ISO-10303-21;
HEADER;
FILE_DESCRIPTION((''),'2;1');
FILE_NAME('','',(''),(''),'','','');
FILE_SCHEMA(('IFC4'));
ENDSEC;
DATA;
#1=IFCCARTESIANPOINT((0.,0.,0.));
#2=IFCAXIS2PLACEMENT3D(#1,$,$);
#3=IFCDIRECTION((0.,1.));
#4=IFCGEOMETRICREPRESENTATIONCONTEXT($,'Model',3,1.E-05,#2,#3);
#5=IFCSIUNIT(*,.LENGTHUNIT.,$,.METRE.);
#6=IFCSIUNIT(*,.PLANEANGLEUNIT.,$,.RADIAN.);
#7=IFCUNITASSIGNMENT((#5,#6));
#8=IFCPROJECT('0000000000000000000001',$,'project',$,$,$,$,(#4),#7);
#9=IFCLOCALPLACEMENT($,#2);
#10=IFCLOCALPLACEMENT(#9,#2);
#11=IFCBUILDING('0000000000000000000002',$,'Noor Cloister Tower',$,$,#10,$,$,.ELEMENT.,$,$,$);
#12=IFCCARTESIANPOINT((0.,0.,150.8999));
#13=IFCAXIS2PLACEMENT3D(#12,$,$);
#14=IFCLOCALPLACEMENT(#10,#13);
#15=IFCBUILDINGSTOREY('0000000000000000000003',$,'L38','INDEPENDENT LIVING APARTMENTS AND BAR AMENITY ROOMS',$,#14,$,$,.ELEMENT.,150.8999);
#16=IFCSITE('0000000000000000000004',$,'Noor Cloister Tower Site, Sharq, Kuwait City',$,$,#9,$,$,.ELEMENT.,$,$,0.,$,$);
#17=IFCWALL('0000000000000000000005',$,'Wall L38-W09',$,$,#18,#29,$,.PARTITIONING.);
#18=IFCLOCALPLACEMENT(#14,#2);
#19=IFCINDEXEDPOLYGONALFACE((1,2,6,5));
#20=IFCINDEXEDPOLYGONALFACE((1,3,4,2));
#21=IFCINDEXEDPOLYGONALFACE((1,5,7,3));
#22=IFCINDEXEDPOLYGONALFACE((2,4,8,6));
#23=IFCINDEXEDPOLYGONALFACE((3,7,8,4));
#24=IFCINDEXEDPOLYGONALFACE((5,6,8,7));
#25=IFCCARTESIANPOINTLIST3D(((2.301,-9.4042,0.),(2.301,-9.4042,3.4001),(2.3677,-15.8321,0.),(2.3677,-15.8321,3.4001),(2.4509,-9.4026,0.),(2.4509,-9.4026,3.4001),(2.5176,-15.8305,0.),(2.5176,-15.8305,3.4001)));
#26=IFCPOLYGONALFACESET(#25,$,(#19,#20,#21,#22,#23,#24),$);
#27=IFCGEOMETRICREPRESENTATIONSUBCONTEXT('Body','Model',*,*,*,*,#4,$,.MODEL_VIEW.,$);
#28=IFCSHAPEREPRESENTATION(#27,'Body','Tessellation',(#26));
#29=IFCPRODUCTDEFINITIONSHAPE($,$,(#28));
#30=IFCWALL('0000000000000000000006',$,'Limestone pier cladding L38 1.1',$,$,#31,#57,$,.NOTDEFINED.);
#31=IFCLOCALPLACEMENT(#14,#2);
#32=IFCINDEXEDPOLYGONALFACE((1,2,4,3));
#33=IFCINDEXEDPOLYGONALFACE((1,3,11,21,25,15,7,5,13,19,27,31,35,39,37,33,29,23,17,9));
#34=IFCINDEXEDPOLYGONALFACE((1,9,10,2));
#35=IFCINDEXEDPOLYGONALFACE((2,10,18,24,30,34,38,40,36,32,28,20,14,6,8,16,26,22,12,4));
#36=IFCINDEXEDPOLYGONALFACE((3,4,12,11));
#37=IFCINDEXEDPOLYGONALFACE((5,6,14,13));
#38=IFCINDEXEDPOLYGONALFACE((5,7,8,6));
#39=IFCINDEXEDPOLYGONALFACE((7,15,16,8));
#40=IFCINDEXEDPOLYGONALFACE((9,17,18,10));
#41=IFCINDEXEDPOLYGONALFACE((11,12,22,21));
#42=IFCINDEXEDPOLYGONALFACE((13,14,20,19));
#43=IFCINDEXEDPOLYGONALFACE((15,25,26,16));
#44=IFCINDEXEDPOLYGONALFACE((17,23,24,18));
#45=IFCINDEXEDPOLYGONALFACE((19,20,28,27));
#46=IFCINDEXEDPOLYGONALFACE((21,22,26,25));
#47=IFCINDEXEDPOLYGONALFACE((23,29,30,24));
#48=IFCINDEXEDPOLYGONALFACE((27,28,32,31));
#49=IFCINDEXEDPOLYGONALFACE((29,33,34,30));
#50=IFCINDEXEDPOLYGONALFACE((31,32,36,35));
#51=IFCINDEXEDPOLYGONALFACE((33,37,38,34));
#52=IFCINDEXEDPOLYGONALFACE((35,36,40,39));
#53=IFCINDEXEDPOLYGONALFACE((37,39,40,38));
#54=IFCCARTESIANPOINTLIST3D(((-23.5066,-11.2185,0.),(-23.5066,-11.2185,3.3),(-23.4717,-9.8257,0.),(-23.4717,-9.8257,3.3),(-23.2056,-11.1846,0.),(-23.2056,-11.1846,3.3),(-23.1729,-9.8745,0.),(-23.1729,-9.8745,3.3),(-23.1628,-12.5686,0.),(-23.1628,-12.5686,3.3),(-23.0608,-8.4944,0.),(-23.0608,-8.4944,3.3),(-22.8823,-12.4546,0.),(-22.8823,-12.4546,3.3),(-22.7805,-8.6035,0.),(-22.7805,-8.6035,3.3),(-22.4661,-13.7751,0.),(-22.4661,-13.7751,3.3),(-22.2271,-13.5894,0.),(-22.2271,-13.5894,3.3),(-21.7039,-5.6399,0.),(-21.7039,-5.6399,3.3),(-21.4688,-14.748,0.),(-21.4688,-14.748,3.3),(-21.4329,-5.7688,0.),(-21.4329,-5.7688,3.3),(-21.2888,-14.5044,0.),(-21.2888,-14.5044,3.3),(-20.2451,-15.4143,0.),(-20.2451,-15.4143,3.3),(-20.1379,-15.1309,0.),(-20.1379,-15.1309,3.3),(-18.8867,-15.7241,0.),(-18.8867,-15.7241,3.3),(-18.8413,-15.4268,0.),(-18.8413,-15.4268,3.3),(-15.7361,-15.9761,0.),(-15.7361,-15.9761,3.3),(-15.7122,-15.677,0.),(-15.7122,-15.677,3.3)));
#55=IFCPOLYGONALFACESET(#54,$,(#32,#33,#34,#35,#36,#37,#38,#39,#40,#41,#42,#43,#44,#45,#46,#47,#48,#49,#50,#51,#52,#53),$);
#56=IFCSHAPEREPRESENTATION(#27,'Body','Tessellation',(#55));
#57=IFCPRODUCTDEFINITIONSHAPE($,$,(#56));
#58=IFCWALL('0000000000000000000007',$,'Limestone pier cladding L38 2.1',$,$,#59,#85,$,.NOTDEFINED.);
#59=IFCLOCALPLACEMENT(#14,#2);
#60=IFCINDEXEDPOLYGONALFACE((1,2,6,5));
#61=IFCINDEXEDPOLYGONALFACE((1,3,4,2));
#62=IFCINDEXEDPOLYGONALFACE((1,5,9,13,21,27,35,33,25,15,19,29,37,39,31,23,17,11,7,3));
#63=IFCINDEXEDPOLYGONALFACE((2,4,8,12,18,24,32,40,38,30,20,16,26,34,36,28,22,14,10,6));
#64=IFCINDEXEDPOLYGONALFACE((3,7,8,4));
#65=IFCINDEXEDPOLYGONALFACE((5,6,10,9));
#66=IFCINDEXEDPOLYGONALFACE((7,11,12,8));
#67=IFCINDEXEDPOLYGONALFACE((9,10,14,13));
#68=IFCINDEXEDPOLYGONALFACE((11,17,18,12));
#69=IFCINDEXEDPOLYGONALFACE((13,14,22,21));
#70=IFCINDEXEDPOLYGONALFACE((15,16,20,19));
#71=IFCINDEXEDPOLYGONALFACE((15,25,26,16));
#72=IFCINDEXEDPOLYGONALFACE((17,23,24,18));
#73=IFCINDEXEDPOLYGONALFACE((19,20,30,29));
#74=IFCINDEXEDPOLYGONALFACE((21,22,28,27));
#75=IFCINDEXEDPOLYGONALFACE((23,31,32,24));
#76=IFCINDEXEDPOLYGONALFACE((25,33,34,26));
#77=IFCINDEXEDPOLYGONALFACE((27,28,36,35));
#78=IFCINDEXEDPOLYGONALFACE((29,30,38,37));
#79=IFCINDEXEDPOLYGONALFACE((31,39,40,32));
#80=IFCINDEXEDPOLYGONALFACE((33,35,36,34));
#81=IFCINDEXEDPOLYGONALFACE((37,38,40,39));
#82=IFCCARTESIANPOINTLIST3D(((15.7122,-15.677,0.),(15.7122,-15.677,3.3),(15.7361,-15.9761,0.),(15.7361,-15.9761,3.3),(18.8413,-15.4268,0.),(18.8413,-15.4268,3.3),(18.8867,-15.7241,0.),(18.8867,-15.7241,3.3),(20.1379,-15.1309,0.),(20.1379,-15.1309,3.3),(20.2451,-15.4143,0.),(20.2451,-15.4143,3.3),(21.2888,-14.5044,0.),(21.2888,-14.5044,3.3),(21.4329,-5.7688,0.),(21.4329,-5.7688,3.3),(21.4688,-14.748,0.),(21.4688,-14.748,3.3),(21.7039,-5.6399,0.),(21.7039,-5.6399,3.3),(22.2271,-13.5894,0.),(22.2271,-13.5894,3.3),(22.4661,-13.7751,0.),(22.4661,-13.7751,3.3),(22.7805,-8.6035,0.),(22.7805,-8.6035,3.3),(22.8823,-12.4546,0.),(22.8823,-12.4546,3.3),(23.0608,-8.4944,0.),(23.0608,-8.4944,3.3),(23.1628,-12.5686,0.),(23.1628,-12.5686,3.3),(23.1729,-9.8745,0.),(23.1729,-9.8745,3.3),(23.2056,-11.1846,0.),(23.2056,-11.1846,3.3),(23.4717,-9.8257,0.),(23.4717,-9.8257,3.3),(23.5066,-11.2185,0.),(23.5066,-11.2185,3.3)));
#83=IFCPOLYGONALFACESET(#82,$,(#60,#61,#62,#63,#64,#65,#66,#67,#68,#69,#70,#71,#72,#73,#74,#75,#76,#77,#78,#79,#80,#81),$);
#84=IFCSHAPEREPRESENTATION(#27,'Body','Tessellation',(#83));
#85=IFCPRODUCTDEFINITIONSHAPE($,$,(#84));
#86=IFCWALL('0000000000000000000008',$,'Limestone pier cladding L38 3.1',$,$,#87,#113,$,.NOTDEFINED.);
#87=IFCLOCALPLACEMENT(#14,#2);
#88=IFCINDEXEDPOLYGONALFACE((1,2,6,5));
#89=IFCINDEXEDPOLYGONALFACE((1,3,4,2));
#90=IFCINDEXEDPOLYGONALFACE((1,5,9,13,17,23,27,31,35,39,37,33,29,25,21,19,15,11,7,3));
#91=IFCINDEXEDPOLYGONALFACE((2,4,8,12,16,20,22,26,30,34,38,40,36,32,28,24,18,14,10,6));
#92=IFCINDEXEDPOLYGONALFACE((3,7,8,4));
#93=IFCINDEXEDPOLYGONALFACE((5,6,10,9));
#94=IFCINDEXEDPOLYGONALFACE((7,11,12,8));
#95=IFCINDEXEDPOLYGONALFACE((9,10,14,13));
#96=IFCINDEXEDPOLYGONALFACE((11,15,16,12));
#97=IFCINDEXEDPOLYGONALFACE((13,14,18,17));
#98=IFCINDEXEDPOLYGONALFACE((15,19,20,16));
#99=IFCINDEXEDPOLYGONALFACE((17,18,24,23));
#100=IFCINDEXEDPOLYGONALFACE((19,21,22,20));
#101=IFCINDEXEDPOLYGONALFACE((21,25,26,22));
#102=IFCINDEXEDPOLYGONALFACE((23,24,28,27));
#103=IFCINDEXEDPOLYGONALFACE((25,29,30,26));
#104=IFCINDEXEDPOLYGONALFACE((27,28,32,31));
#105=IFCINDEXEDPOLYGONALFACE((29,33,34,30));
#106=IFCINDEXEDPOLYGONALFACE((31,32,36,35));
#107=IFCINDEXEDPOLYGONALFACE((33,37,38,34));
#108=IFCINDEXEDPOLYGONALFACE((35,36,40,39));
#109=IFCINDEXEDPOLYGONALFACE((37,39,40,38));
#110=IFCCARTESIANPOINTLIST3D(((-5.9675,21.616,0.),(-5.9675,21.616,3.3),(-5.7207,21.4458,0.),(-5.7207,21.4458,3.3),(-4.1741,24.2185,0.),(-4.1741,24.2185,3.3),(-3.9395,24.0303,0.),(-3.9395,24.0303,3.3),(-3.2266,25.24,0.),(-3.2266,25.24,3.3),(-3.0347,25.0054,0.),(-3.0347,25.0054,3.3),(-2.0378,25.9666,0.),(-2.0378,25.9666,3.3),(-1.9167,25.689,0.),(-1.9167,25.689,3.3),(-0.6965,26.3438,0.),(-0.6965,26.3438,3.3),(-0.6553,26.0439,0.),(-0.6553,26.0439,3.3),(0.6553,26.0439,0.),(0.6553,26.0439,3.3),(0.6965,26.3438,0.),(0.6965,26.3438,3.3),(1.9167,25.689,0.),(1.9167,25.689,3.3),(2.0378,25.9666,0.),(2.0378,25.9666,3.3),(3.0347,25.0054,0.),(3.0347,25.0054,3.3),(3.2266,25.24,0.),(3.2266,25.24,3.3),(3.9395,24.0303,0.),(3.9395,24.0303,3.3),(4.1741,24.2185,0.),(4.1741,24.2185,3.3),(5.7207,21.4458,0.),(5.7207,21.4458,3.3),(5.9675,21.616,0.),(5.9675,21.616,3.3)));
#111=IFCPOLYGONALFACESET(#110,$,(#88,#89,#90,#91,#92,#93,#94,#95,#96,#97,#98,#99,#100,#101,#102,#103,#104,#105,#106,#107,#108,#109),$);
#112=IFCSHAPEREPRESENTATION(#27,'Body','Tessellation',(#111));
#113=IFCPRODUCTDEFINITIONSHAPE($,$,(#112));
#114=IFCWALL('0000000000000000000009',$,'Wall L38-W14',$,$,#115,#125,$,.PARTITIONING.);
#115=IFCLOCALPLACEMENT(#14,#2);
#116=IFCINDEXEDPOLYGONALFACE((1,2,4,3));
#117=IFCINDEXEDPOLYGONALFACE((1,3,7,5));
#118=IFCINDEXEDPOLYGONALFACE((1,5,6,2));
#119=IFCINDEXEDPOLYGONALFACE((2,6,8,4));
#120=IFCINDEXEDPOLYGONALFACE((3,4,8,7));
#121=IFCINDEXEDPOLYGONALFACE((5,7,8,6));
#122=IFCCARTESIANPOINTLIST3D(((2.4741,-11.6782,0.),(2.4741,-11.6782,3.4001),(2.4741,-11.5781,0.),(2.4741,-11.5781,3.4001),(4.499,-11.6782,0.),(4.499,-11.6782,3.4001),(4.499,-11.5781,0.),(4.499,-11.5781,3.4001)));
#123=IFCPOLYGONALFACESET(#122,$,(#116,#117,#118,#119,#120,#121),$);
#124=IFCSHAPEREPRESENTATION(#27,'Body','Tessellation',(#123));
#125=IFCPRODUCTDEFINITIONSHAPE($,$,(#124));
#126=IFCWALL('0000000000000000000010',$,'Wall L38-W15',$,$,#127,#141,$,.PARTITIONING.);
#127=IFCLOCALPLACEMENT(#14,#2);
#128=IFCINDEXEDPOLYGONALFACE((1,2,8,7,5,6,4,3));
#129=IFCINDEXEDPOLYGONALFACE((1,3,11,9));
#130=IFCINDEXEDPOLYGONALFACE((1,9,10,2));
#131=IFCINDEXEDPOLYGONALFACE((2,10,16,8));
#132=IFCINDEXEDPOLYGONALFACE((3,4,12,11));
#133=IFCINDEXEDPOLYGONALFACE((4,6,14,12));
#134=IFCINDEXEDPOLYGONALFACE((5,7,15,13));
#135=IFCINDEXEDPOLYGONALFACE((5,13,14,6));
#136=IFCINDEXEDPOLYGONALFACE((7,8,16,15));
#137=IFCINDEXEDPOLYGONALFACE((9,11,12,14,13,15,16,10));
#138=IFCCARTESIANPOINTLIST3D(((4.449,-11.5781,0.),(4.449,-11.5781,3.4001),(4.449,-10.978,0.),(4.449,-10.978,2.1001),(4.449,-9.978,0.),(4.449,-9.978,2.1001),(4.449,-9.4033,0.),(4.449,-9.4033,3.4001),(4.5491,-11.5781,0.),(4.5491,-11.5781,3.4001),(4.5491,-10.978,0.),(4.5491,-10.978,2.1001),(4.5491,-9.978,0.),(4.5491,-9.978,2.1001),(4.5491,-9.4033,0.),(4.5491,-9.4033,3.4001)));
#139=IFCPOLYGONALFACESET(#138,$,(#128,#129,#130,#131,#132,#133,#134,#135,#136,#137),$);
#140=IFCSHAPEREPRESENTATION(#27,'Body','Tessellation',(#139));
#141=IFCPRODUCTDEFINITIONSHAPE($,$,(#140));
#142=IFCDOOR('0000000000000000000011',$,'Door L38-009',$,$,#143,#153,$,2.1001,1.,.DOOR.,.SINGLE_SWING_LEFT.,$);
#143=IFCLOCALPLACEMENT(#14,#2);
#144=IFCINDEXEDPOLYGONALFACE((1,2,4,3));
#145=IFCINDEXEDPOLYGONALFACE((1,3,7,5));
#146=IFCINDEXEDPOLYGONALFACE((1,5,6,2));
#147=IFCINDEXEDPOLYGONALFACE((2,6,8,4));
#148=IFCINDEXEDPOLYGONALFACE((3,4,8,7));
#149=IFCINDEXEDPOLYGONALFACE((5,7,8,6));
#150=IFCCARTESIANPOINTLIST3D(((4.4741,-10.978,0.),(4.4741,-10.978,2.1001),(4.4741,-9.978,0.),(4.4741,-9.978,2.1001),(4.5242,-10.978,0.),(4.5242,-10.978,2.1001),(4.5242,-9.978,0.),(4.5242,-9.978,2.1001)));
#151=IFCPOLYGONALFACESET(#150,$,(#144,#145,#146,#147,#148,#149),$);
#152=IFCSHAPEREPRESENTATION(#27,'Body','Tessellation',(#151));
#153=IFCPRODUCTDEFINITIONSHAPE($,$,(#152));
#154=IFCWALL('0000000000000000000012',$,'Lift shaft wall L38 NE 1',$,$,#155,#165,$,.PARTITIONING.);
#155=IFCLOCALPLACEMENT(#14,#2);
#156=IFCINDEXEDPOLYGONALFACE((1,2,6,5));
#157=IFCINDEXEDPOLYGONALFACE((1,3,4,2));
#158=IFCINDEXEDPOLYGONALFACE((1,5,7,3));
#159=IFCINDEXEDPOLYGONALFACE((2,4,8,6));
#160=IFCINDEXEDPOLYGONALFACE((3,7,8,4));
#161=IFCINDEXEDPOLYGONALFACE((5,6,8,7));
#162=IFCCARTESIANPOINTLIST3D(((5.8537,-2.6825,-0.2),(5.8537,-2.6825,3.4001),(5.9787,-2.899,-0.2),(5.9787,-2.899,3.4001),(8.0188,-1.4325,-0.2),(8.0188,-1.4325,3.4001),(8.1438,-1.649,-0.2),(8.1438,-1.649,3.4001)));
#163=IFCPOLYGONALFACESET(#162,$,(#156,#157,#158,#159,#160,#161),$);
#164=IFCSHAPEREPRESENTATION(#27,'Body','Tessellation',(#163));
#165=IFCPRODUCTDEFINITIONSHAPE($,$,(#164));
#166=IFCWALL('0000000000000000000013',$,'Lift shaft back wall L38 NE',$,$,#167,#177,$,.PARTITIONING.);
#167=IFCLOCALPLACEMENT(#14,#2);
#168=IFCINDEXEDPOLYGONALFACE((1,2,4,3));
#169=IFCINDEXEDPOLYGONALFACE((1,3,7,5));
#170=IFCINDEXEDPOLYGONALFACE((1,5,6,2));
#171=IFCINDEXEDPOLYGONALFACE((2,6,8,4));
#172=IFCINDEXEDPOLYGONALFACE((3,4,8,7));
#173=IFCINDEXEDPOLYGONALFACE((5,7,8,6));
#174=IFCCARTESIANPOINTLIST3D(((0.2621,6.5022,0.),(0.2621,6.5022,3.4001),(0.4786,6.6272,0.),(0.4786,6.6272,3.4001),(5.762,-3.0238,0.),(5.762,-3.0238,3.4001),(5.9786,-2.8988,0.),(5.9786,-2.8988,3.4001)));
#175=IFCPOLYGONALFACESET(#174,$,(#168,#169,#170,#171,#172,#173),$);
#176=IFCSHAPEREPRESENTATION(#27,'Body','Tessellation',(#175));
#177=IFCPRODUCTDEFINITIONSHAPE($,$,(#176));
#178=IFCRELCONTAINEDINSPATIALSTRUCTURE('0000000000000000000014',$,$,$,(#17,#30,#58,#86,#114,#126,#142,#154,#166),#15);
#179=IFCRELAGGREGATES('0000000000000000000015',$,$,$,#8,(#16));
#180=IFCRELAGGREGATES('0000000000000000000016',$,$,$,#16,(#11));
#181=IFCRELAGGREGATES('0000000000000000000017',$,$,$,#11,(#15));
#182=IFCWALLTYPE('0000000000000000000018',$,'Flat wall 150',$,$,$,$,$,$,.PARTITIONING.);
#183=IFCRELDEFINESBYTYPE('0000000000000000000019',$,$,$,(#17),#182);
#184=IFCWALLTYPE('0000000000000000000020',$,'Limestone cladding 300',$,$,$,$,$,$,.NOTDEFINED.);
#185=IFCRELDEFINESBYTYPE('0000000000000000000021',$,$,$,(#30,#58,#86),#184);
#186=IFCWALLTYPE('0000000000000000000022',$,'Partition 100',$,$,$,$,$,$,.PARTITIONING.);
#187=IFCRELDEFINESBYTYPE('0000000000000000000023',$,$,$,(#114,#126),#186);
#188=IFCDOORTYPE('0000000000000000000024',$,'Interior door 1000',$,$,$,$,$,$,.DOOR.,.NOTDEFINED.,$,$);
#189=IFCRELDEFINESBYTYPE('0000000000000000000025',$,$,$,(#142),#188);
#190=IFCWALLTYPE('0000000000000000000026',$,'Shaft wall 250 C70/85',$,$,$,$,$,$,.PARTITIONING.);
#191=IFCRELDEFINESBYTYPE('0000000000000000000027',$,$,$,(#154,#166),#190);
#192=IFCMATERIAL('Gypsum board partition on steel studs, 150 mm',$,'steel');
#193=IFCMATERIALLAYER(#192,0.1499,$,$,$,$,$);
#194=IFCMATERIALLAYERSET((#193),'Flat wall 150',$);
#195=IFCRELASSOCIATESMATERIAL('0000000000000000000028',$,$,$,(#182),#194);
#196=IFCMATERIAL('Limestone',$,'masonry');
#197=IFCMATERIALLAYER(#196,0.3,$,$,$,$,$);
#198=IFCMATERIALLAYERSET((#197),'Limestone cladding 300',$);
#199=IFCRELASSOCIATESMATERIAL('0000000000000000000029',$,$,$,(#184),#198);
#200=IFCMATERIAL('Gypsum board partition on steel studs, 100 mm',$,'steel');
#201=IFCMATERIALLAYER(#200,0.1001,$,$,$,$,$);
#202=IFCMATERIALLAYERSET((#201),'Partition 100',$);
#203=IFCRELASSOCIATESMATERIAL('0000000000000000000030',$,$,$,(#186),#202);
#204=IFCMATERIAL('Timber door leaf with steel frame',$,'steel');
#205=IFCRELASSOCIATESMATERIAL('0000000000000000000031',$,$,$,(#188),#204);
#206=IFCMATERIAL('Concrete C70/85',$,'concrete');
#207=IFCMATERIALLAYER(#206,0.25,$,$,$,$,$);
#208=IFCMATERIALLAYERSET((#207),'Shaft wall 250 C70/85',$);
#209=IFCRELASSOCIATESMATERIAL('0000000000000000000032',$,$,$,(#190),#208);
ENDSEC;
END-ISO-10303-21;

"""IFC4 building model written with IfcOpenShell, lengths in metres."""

from ifc_helpers import new_model, si_unit, direction, frame, frame_2d, origin, place, context, subcontext, project, spatial, polyline, rectangle, outline, extrude, material, layer, layer_set, type_object, element, fill, save


model = new_model("IFC4")

# Units and contexts
model_context = context("Model", 3, precision=1e-05, world=origin(), true_north=direction((0.0, 1.0)))
body_context = subcontext(model_context, "Body", "Model", "MODEL_VIEW")
ifc_project = project(units=[si_unit("LENGTHUNIT", "METRE"), si_unit("PLANEANGLEUNIT", "RADIAN")], contexts=[model_context])

# Site, building, storey
site_placement = place(None, origin())
site = spatial("IfcSite", under=ifc_project, at=site_placement, Name="Noor Cloister Tower Site, Sharq, Kuwait City", CompositionType="ELEMENT", RefElevation=0.0)
building_placement = place(site_placement, origin())
building = spatial("IfcBuilding", under=site, at=building_placement, Name="Noor Cloister Tower", CompositionType="ELEMENT")
storey_placement = place(building_placement, frame((0.0, 0.0, 150.8999)))
storey = spatial("IfcBuildingStorey", under=building, at=storey_placement, Name="L38", Description="INDEPENDENT LIVING APARTMENTS AND BAR AMENITY ROOMS", CompositionType="ELEMENT", Elevation=150.8999)

# Walls
ifc_material_1 = material(Name="Gypsum board partition on steel studs, 150 mm", Category="steel")
ifc_layer_1 = layer(ifc_material_1, 0.1499)
ifc_layer_set_1 = layer_set([ifc_layer_1], Name="Flat wall 150")
wall_type_1 = type_object("IfcWallType", Name="Flat wall 150", PredefinedType="PARTITIONING", material=ifc_layer_set_1)
wall_1_placement = place(storey_placement, frame((2.4426, -15.8313, 0.0), z_axis=(0.0, 0.0, 1.0), x_axis=(-0.010368, 0.999946, 0.0)))
element("IfcWall", 1, at=wall_1_placement, inside=storey, type_object=wall_type_1, Name="Wall L38-W09", PredefinedType="PARTITIONING", context=body_context, shape_type="SweptSolid", body=[
    extrude(rectangle(XDim=6.4282, YDim=0.1499, at=frame_2d((3.2141, 0.0))), origin(), (0.0, 0.0, 1.0), 3.4001),
])
ifc_material_2 = material(Name="Limestone", Category="masonry")
ifc_layer_2 = layer(ifc_material_2, 0.3)
ifc_layer_set_2 = layer_set([ifc_layer_2], Name="Limestone cladding 300")
wall_type_2 = type_object("IfcWallType", Name="Limestone cladding 300", PredefinedType="NOTDEFINED", material=ifc_layer_set_2)
wall_2_placement = place(storey_placement, origin())
element("IfcWall", 2, at=wall_2_placement, inside=storey, type_object=wall_type_2, Name="Limestone pier cladding L38 1.1", PredefinedType="NOTDEFINED", context=body_context, shape_type="SweptSolid", body=[
    extrude(outline(polyline([(-21.7039, -5.6399), (-23.0608, -8.4944), (-23.4717, -9.8257), (-23.5066, -11.2185), (-23.1628, -12.5686), (-22.4661, -13.7751), (-21.4688, -14.748), (-20.2451, -15.4143), (-18.8867, -15.7241), (-15.7361, -15.9761), (-15.7122, -15.677), (-18.8413, -15.4268), (-20.1379, -15.1309), (-21.2888, -14.5044), (-22.2271, -13.5894), (-22.8823, -12.4546), (-23.2056, -11.1846), (-23.1729, -9.8745), (-22.7805, -8.6035), (-21.4329, -5.7688), (-21.7039, -5.6399)])), origin(), (0.0, 0.0, 1.0), 3.3),
])
wall_3_placement = place(storey_placement, origin())
element("IfcWall", 3, at=wall_3_placement, inside=storey, type_object=wall_type_2, Name="Limestone pier cladding L38 2.1", PredefinedType="NOTDEFINED", context=body_context, shape_type="SweptSolid", body=[
    extrude(outline(polyline([(15.7361, -15.9761), (18.8867, -15.7241), (20.2451, -15.4143), (21.4688, -14.748), (22.4661, -13.7751), (23.1628, -12.5686), (23.5066, -11.2185), (23.4717, -9.8257), (23.0608, -8.4944), (21.7039, -5.6399), (21.4329, -5.7688), (22.7805, -8.6035), (23.1729, -9.8745), (23.2056, -11.1846), (22.8823, -12.4546), (22.2271, -13.5894), (21.2888, -14.5044), (20.1379, -15.1309), (18.8413, -15.4268), (15.7122, -15.677), (15.7361, -15.9761)])), origin(), (0.0, 0.0, 1.0), 3.3),
])
wall_4_placement = place(storey_placement, origin())
element("IfcWall", 4, at=wall_4_placement, inside=storey, type_object=wall_type_2, Name="Limestone pier cladding L38 3.1", PredefinedType="NOTDEFINED", context=body_context, shape_type="SweptSolid", body=[
    extrude(outline(polyline([(5.9675, 21.616), (4.1741, 24.2185), (3.2266, 25.24), (2.0378, 25.9666), (0.6965, 26.3438), (-0.6965, 26.3438), (-2.0378, 25.9666), (-3.2266, 25.24), (-4.1741, 24.2185), (-5.9675, 21.616), (-5.7207, 21.4458), (-3.9395, 24.0303), (-3.0347, 25.0054), (-1.9167, 25.689), (-0.6553, 26.0439), (0.6553, 26.0439), (1.9167, 25.689), (3.0347, 25.0054), (3.9395, 24.0303), (5.7207, 21.4458), (5.9675, 21.616)])), origin(), (0.0, 0.0, 1.0), 3.3),
])
ifc_material_3 = material(Name="Gypsum board partition on steel studs, 100 mm", Category="steel")
ifc_layer_3 = layer(ifc_material_3, 0.1001)
ifc_layer_set_3 = layer_set([ifc_layer_3], Name="Partition 100")
wall_type_3 = type_object("IfcWallType", Name="Partition 100", PredefinedType="PARTITIONING", material=ifc_layer_set_3)
wall_5_placement = place(storey_placement, frame((2.4741, -11.6282, 0.0), z_axis=(0.0, 0.0, 1.0), x_axis=(1.0, 0.0, 0.0)))
element("IfcWall", 5, at=wall_5_placement, inside=storey, type_object=wall_type_3, Name="Wall L38-W14", PredefinedType="PARTITIONING", context=body_context, shape_type="SweptSolid", body=[
    extrude(rectangle(XDim=2.0249, YDim=0.1001, at=frame_2d((1.0125, 0.0))), origin(), (0.0, 0.0, 1.0), 3.4001),
])

# Wall, opening, door
wall_6_placement = place(storey_placement, frame((4.499, -11.5781, 0.0), z_axis=(0.0, 0.0, 1.0), x_axis=(0.0, 1.0, 0.0)))
wall_6 = element("IfcWall", 6, at=wall_6_placement, inside=storey, type_object=wall_type_3, Name="Wall L38-W15", PredefinedType="PARTITIONING", context=body_context, shape_type="SweptSolid", body=[
    extrude(rectangle(XDim=2.1748, YDim=0.1001, at=frame_2d((1.0874, 0.0))), origin(), (0.0, 0.0, 1.0), 3.4001),
])
opening_1_placement = place(wall_6_placement, frame((0.6001, 0.0, 0.0)))
opening_1 = element("IfcOpeningElement", 7, at=opening_1_placement, cuts=wall_6, PredefinedType="OPENING", context=body_context, shape_type="SweptSolid", body=[
    extrude(rectangle(XDim=1.0, YDim=2.1001, at=frame_2d((0.5, 1.05))), frame((0.0, 0.0601, 0.0), z_axis=(0.0, -1.0, 0.0), x_axis=(1.0, 0.0, 0.0)), (0.0, 0.0, 1.0), 0.1201),
])
ifc_material_4 = material(Name="Timber door leaf with steel frame", Category="steel")
door_type_1 = type_object("IfcDoorType", Name="Interior door 1000", OperationType="NOTDEFINED", PredefinedType="DOOR", material=ifc_material_4)
door_1_placement = place(opening_1_placement, origin())
door_1 = element("IfcDoor", 8, at=door_1_placement, inside=storey, type_object=door_type_1, Name="Door L38-009", OperationType="SINGLE_SWING_LEFT", OverallHeight=2.1001, OverallWidth=1.0, PredefinedType="DOOR", context=body_context, shape_type="SweptSolid", body=[
    extrude(rectangle(XDim=1.0, YDim=2.1001, at=frame_2d((0.5, 1.05))), frame((0.0, 0.0249, 0.0), z_axis=(0.0, -1.0, 0.0), x_axis=(1.0, 0.0, 0.0)), (0.0, 0.0, 1.0), 0.05),
])
fill(opening_1, door_1)

# Walls
ifc_material_5 = material(Name="Concrete C70/85", Category="concrete")
ifc_layer_4 = layer(ifc_material_5, 0.25)
ifc_layer_set_4 = layer_set([ifc_layer_4], Name="Shaft wall 250 C70/85")
wall_type_4 = type_object("IfcWallType", Name="Shaft wall 250 C70/85", PredefinedType="PARTITIONING", material=ifc_layer_set_4)
wall_7_placement = place(storey_placement, frame((8.0813, -1.5408, -0.2), z_axis=(0.0, 0.0, 1.0), x_axis=(-0.866023, -0.500004, 0.0)))
element("IfcWall", 9, at=wall_7_placement, inside=storey, type_object=wall_type_4, Name="Lift shaft wall L38 NE 1", PredefinedType="PARTITIONING", context=body_context, shape_type="SweptSolid", body=[
    extrude(rectangle(XDim=2.5, YDim=0.25, at=frame_2d((1.25, 0.0))), origin(), (0.0, 0.0, 1.0), 3.6001),
])
wall_8_placement = place(storey_placement, frame((5.8704, -2.9614, 0.0), z_axis=(0.0, 0.0, 1.0), x_axis=(-0.500006, 0.866022, 0.0)))
element("IfcWall", 10, at=wall_8_placement, inside=storey, type_object=wall_type_4, Name="Lift shaft back wall L38 NE", PredefinedType="PARTITIONING", context=body_context, shape_type="SweptSolid", body=[
    extrude(rectangle(XDim=10.9998, YDim=0.25, at=frame_2d((5.5, 0.0))), origin(), (0.0, 0.0, 1.0), 3.4001),
])

save(model, "model.ifc")
